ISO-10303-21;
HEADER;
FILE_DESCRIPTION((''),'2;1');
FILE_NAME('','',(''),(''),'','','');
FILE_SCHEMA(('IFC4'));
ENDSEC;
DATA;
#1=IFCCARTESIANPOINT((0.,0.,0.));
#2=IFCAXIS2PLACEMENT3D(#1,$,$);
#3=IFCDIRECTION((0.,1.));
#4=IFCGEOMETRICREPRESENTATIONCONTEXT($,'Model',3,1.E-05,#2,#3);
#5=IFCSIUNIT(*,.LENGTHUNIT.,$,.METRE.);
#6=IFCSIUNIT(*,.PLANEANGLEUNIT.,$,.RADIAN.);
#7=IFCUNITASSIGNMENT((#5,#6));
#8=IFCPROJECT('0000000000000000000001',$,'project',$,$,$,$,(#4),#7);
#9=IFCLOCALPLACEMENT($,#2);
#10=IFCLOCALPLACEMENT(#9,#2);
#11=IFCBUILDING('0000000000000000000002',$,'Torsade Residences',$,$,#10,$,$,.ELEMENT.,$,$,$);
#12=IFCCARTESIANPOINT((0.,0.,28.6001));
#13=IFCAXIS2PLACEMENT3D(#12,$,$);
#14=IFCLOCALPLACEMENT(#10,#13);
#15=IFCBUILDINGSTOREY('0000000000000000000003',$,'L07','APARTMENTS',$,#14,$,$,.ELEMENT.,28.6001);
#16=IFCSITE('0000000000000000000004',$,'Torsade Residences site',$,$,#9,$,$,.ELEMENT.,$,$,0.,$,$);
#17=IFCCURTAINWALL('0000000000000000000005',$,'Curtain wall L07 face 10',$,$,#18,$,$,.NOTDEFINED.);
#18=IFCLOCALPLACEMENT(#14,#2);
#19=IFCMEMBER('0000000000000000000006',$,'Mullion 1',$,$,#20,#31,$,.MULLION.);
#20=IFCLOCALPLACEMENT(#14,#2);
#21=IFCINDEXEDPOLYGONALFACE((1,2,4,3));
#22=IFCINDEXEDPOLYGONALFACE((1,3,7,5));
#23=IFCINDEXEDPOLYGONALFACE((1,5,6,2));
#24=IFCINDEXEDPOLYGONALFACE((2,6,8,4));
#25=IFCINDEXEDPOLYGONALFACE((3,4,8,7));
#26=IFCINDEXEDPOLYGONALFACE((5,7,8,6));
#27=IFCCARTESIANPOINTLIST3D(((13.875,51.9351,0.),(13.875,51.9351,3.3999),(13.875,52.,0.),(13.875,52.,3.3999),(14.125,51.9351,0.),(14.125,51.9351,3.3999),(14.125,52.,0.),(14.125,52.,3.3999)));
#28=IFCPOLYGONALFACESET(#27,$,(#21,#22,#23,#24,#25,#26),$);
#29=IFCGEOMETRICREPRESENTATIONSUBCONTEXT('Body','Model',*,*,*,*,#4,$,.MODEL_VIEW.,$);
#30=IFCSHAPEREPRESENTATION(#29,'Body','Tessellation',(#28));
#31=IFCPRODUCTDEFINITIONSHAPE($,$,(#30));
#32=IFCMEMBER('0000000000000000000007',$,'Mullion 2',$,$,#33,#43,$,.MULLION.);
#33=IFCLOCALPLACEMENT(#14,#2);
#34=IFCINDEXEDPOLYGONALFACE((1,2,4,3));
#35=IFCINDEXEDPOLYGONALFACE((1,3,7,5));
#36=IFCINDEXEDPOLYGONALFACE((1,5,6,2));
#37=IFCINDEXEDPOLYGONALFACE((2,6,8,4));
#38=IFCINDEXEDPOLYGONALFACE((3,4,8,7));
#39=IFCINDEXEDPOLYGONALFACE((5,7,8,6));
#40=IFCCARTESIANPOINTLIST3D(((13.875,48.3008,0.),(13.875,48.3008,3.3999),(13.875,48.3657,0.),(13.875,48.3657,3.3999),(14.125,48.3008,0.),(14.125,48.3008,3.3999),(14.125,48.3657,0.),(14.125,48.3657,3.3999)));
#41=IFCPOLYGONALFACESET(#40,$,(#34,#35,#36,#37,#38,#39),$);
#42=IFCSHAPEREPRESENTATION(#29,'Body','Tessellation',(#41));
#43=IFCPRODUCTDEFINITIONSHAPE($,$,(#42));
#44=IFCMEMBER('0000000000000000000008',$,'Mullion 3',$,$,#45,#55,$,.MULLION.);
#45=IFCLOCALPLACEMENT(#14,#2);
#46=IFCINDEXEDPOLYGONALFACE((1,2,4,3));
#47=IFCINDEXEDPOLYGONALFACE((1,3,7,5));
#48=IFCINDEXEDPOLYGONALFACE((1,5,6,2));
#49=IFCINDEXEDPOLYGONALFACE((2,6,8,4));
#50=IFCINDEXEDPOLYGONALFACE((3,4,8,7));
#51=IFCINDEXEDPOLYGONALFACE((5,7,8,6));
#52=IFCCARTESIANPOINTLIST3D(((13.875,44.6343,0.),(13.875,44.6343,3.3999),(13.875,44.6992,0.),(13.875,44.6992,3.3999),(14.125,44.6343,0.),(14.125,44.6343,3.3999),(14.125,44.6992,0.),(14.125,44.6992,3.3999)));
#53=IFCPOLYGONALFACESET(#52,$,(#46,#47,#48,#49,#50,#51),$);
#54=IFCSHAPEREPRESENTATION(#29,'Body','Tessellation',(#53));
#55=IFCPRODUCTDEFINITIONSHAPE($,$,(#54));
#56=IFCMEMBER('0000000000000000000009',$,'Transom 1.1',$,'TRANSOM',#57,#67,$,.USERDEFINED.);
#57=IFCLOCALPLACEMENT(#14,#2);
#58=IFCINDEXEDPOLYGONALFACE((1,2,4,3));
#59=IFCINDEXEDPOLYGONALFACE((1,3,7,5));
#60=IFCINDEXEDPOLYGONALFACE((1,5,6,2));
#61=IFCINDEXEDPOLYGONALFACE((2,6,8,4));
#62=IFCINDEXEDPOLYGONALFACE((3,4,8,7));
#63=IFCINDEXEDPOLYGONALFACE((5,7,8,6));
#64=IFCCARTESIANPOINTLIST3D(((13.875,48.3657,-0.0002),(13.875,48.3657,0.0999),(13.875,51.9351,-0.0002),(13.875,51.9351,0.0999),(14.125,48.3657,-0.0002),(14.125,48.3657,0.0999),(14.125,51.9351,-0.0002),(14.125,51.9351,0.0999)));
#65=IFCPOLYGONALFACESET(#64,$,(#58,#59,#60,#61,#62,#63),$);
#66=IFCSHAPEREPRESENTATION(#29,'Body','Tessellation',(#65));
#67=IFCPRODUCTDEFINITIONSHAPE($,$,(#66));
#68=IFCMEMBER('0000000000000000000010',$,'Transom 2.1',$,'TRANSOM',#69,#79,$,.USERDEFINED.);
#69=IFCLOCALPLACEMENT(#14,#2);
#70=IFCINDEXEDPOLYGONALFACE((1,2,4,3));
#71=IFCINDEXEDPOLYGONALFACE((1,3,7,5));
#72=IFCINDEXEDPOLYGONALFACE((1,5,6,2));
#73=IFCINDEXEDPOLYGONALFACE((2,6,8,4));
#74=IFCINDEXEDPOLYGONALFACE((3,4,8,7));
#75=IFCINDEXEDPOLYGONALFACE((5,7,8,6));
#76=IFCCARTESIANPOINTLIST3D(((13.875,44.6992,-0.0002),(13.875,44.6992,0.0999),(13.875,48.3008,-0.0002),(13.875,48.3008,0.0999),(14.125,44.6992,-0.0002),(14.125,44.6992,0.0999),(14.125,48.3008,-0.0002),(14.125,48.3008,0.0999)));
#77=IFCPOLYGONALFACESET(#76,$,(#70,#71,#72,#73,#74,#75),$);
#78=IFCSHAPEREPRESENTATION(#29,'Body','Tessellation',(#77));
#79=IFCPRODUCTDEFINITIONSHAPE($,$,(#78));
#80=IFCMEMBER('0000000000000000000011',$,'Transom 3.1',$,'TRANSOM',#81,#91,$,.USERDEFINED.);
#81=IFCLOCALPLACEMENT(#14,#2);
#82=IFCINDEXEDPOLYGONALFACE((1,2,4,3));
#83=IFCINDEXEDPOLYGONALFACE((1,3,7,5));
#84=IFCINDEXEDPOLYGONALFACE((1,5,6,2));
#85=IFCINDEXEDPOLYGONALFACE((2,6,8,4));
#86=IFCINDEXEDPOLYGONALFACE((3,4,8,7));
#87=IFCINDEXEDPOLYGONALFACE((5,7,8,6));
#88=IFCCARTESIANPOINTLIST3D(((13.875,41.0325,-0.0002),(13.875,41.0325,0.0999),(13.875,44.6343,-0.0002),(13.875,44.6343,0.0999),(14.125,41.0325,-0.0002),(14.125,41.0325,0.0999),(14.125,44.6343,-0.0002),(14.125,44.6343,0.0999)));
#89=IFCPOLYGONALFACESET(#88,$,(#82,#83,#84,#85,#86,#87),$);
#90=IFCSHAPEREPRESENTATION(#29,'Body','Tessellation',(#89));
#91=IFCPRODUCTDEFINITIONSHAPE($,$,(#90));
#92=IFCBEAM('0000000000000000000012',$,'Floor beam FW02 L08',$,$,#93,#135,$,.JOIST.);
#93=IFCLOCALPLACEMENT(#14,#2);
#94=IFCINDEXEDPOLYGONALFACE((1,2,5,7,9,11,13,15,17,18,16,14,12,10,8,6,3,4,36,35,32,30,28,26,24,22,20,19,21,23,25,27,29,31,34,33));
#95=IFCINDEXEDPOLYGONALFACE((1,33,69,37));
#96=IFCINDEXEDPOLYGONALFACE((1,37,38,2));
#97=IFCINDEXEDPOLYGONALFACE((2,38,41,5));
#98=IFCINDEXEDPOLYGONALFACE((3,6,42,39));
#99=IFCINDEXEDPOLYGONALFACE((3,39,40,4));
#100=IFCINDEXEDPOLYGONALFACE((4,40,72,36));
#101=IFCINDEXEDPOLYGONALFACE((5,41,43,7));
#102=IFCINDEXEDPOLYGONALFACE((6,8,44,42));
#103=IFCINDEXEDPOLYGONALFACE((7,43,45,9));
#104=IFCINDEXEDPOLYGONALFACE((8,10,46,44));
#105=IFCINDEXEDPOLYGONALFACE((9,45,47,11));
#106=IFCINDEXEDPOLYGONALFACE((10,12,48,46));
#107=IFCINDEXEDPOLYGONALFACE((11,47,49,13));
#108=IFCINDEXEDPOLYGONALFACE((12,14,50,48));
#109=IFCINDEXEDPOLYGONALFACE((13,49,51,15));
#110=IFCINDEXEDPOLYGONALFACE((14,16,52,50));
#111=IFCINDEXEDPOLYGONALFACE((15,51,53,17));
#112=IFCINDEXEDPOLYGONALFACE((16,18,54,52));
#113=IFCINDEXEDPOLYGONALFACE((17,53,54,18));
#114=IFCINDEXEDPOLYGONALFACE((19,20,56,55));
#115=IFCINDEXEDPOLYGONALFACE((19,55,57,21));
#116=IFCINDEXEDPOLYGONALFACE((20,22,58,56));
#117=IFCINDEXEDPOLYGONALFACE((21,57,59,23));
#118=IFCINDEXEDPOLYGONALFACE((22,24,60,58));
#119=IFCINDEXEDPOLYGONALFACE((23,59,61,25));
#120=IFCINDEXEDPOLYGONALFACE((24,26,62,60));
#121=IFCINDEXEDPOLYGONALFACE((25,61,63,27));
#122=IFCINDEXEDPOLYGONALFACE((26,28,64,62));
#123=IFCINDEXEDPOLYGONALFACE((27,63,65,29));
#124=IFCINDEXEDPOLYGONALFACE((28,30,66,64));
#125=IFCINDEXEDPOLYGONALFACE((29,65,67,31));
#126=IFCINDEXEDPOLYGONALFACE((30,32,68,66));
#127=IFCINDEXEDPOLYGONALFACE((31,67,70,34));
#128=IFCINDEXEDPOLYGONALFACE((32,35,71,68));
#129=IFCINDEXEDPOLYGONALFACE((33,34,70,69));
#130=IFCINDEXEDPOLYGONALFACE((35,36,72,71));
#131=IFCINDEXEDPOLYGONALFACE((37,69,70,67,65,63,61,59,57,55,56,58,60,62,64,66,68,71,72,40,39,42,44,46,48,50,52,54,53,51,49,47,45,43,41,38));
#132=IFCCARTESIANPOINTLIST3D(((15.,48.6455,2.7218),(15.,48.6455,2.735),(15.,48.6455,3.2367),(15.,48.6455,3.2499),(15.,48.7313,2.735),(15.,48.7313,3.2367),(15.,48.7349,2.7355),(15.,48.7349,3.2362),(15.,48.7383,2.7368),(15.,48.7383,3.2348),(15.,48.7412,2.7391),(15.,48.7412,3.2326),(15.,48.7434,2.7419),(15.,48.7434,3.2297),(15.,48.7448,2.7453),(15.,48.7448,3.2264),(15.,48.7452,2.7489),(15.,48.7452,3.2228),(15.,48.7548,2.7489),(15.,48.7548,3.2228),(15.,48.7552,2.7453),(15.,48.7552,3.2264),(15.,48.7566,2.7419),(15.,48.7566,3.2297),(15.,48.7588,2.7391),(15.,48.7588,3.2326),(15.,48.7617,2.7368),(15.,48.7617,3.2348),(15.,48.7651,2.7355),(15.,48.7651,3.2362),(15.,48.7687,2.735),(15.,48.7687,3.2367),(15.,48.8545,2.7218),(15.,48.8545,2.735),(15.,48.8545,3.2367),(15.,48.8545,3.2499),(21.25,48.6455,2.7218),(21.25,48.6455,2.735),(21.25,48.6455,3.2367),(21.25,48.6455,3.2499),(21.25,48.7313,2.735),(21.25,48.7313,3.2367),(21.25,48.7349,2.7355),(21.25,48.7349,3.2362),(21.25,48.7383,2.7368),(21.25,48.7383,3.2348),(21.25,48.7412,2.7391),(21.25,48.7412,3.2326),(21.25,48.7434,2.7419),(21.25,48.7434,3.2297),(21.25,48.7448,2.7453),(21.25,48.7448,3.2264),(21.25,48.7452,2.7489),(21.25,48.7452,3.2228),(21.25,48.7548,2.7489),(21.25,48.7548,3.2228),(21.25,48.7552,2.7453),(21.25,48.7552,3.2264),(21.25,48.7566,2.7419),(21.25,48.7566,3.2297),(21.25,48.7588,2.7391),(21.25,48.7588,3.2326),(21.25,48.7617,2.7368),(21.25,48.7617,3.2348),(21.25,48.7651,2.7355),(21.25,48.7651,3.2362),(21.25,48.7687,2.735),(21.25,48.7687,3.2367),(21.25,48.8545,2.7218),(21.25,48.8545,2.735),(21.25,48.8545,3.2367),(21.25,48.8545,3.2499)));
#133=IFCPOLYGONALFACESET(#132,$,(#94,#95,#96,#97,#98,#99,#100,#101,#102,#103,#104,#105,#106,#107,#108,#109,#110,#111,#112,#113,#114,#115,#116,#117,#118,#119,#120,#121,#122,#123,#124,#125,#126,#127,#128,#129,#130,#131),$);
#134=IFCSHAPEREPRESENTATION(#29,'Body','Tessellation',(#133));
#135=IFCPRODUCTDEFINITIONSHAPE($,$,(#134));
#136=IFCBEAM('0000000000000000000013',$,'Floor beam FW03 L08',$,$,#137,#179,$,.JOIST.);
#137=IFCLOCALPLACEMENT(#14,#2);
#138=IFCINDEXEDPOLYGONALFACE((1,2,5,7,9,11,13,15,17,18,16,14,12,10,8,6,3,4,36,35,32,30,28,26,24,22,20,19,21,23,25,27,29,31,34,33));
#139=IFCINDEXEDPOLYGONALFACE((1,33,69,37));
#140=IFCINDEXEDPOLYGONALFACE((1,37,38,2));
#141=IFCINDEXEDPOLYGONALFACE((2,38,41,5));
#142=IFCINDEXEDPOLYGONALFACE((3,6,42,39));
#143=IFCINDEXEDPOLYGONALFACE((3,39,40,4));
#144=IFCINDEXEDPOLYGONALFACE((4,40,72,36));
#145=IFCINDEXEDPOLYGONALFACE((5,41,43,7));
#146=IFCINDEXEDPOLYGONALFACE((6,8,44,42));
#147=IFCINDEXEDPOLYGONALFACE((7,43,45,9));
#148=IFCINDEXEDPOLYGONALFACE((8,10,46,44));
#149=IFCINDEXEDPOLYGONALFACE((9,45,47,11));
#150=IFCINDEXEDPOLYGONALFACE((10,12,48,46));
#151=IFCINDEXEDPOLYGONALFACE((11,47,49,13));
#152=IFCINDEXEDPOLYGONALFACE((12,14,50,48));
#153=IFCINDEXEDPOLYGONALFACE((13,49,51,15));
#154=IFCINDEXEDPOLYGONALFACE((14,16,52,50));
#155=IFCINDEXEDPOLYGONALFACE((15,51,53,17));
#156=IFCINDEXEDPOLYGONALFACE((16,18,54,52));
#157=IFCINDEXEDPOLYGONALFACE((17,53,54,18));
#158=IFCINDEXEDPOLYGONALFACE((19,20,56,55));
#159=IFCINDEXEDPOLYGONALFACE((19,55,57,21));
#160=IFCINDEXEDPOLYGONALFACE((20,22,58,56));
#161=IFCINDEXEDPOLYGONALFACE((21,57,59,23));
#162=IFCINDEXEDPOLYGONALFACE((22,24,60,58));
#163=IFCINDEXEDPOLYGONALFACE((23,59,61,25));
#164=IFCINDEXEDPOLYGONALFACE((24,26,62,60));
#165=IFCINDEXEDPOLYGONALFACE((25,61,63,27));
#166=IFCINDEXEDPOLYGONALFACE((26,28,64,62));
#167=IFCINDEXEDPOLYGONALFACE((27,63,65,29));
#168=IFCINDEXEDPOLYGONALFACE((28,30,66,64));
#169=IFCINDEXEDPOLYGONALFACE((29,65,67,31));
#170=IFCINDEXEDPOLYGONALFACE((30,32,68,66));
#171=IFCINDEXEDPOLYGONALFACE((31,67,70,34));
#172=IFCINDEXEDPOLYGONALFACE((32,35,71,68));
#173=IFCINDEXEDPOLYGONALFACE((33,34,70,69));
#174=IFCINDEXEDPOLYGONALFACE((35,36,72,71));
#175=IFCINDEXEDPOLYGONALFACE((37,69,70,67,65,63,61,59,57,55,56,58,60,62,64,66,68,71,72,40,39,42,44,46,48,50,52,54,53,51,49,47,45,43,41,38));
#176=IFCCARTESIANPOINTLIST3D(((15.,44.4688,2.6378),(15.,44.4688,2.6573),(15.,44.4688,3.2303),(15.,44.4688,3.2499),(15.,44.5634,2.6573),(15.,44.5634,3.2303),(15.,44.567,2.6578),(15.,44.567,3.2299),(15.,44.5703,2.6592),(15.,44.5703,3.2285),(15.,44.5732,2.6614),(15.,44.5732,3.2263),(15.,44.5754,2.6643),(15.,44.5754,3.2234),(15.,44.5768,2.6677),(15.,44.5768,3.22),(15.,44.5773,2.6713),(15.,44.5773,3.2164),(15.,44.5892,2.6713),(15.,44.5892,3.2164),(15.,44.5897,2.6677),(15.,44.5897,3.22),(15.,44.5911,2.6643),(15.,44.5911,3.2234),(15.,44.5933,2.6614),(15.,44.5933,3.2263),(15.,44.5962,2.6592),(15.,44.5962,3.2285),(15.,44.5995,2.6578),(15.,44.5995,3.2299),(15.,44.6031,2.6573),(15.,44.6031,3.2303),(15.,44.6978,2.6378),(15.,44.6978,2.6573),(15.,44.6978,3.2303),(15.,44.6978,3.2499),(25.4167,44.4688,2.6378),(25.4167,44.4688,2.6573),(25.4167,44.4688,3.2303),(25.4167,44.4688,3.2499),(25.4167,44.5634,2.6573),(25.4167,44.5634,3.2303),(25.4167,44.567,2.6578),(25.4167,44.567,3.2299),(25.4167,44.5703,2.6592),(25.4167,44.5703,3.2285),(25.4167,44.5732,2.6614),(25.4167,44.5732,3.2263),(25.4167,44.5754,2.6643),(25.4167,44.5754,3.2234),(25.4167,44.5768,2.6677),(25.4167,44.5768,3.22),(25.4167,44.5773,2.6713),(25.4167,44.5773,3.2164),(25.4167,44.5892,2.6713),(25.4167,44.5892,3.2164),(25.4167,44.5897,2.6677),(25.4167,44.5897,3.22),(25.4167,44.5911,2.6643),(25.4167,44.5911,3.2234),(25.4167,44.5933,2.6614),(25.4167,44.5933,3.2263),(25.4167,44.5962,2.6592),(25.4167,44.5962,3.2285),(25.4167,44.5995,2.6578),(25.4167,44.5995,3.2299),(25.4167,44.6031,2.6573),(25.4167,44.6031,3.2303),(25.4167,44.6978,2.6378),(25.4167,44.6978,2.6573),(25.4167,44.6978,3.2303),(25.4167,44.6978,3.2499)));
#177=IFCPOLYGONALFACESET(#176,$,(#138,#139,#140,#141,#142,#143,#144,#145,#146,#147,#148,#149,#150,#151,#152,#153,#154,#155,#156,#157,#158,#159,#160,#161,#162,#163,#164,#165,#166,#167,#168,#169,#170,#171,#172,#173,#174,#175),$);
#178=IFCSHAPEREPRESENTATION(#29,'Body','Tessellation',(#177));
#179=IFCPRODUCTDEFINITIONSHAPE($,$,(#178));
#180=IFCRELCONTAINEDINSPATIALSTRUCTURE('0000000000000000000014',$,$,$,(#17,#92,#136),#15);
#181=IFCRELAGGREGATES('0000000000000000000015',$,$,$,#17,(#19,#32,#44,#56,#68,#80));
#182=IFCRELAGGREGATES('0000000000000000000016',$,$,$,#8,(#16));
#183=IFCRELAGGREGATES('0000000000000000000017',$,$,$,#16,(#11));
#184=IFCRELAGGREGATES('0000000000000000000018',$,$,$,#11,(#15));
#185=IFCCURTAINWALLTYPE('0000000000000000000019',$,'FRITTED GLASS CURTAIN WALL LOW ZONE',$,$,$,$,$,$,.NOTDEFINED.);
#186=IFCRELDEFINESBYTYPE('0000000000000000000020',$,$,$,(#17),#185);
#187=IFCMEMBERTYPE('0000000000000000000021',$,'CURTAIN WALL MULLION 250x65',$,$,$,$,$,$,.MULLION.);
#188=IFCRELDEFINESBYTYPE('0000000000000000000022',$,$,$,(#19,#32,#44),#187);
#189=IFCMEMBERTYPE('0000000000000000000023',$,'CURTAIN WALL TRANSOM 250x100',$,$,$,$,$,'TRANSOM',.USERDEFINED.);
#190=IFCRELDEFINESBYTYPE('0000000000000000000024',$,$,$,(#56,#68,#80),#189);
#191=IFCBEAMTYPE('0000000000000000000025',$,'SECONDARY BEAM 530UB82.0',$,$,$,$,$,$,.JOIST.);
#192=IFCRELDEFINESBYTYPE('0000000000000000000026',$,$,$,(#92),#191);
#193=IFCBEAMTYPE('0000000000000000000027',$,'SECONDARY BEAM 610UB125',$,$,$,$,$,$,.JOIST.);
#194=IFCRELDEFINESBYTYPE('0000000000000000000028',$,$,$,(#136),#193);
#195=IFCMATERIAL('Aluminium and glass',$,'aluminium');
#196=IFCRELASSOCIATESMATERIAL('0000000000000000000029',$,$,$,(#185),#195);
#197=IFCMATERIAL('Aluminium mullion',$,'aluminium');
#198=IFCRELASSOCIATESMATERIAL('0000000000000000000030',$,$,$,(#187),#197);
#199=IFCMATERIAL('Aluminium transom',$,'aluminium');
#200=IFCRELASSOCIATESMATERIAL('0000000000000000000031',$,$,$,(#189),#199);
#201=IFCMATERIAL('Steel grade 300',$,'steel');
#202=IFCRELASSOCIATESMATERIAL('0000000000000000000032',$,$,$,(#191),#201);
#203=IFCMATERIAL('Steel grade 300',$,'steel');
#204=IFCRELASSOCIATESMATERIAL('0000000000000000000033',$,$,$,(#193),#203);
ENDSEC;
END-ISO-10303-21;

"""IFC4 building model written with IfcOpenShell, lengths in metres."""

from ifc_helpers import new_model, si_unit, direction, frame, origin, origin_2d, place, context, subcontext, project, spatial, rectangle, i_section, extrude, material, material_profile, profile_set, type_object, element, aggregate, save


model = new_model("IFC4")

# Units and contexts
model_context = context("Model", 3, precision=1e-05, world=origin(), true_north=direction((0.0, 1.0)))
body_context = subcontext(model_context, "Body", "Model", "MODEL_VIEW")
ifc_project = project(units=[si_unit("LENGTHUNIT", "METRE"), si_unit("PLANEANGLEUNIT", "RADIAN")], contexts=[model_context])

# Site, building, storey
site_placement = place(None, origin())
site = spatial("IfcSite", under=ifc_project, at=site_placement, Name="Torsade Residences site", CompositionType="ELEMENT", RefElevation=0.0)
building_placement = place(site_placement, origin())
building = spatial("IfcBuilding", under=site, at=building_placement, Name="Torsade Residences", CompositionType="ELEMENT")
storey_placement = place(building_placement, frame((0.0, 0.0, 28.6001)))
storey = spatial("IfcBuildingStorey", under=building, at=storey_placement, Name="L07", Description="APARTMENTS", CompositionType="ELEMENT", Elevation=28.6001)

# Curtain wall, members
ifc_material_1 = material(Name="Aluminium and glass", Category="aluminium")
curtain_wall_type = type_object("IfcCurtainWallType", Name="FRITTED GLASS CURTAIN WALL LOW ZONE", PredefinedType="NOTDEFINED", material=ifc_material_1)
curtain_wall_placement = place(storey_placement, origin())
curtain_wall = element("IfcCurtainWall", 1, at=curtain_wall_placement, inside=storey, type_object=curtain_wall_type, Name="Curtain wall L07 face 10", PredefinedType="NOTDEFINED")
ifc_material_2 = material(Name="Aluminium mullion", Category="aluminium")
ifc_material_profile_1 = material_profile(ifc_material_2, rectangle(XDim=0.25, YDim=0.0649, at=origin_2d()), Name="CURTAIN WALL MULLION 250x65")
ifc_profile_set_1 = profile_set([ifc_material_profile_1], Name="Aluminium mullion")
member_type_1 = type_object("IfcMemberType", Name="CURTAIN WALL MULLION 250x65", PredefinedType="MULLION", material=ifc_profile_set_1)
member_1_placement = place(storey_placement, frame((14.0, 51.9675, 0.0), z_axis=(0.0, 0.0, 1.0), x_axis=(1.0, 0.0, 0.0)))
member_1 = element("IfcMember", 2, at=member_1_placement, type_object=member_type_1, Name="Mullion 1", PredefinedType="MULLION", context=body_context, shape_type="SweptSolid", body=[
    extrude(rectangle(XDim=0.25, YDim=0.0649, at=origin_2d()), origin(), (0.0, 0.0, 1.0), 3.3999),
])
member_2_placement = place(storey_placement, frame((14.0, 48.3333, 0.0), z_axis=(0.0, 0.0, 1.0), x_axis=(1.0, 0.0, 0.0)))
member_2 = element("IfcMember", 3, at=member_2_placement, type_object=member_type_1, Name="Mullion 2", PredefinedType="MULLION", context=body_context, shape_type="SweptSolid", body=[
    extrude(rectangle(XDim=0.25, YDim=0.0649, at=origin_2d()), origin(), (0.0, 0.0, 1.0), 3.3999),
])
member_3_placement = place(storey_placement, frame((14.0, 44.6667, 0.0), z_axis=(0.0, 0.0, 1.0), x_axis=(1.0, 0.0, 0.0)))
member_3 = element("IfcMember", 4, at=member_3_placement, type_object=member_type_1, Name="Mullion 3", PredefinedType="MULLION", context=body_context, shape_type="SweptSolid", body=[
    extrude(rectangle(XDim=0.25, YDim=0.0649, at=origin_2d()), origin(), (0.0, 0.0, 1.0), 3.3999),
])
ifc_material_3 = material(Name="Aluminium transom", Category="aluminium")
ifc_material_profile_2 = material_profile(ifc_material_3, rectangle(XDim=0.25, YDim=0.1001, at=origin_2d()), Name="CURTAIN WALL TRANSOM 250x100")
ifc_profile_set_2 = profile_set([ifc_material_profile_2], Name="Aluminium transom")
member_type_2 = type_object("IfcMemberType", Name="CURTAIN WALL TRANSOM 250x100", ElementType="TRANSOM", PredefinedType="USERDEFINED", material=ifc_profile_set_2)
member_4_placement = place(storey_placement, frame((14.0, 51.9351, 0.0498), z_axis=(0.0, -1.0, 0.0), x_axis=(1.0, 0.0, 0.0)))
member_4 = element("IfcMember", 5, at=member_4_placement, type_object=member_type_2, Name="Transom 1.1", ObjectType="TRANSOM", PredefinedType="USERDEFINED", context=body_context, shape_type="SweptSolid", body=[
    extrude(rectangle(XDim=0.25, YDim=0.1001, at=origin_2d()), origin(), (0.0, 0.0, 1.0), 3.5693),
])
member_5_placement = place(storey_placement, frame((14.0, 48.3008, 0.0498), z_axis=(0.0, -1.0, 0.0), x_axis=(1.0, 0.0, 0.0)))
member_5 = element("IfcMember", 6, at=member_5_placement, type_object=member_type_2, Name="Transom 2.1", ObjectType="TRANSOM", PredefinedType="USERDEFINED", context=body_context, shape_type="SweptSolid", body=[
    extrude(rectangle(XDim=0.25, YDim=0.1001, at=origin_2d()), origin(), (0.0, 0.0, 1.0), 3.6016),
])
member_6_placement = place(storey_placement, frame((14.0, 44.6343, 0.0498), z_axis=(0.0, -1.0, 0.0), x_axis=(1.0, 0.0, 0.0)))
member_6 = element("IfcMember", 7, at=member_6_placement, type_object=member_type_2, Name="Transom 3.1", ObjectType="TRANSOM", PredefinedType="USERDEFINED", context=body_context, shape_type="SweptSolid", body=[
    extrude(rectangle(XDim=0.25, YDim=0.1001, at=origin_2d()), origin(), (0.0, 0.0, 1.0), 3.6018),
])

# Beams
ifc_material_4 = material(Name="Steel grade 300", Category="steel")
ifc_material_profile_3 = material_profile(ifc_material_4, i_section(OverallWidth=0.209, OverallDepth=0.5281, WebThickness=0.0095, FlangeThickness=0.0132, FilletRadius=0.0139, at=origin_2d()), Name="530UB82.0")
ifc_profile_set_3 = profile_set([ifc_material_profile_3], Name="Steel grade 300")
beam_type_1 = type_object("IfcBeamType", Name="SECONDARY BEAM 530UB82.0", PredefinedType="JOIST", material=ifc_profile_set_3)
beam_1_placement = place(storey_placement, frame((15.0, 48.75, 2.9858), z_axis=(1.0, 0.0, 0.0), x_axis=(0.0, 1.0, 0.0)))
element("IfcBeam", 8, at=beam_1_placement, inside=storey, type_object=beam_type_1, Name="Floor beam FW02 L08", PredefinedType="JOIST", context=body_context, shape_type="SweptSolid", body=[
    extrude(i_section(OverallWidth=0.209, OverallDepth=0.5281, WebThickness=0.0095, FlangeThickness=0.0132, FilletRadius=0.0139, at=origin_2d()), origin(), (0.0, 0.0, 1.0), 6.25),
])
ifc_material_5 = material(Name="Steel grade 300", Category="steel")
ifc_material_profile_4 = material_profile(ifc_material_5, i_section(OverallWidth=0.229, OverallDepth=0.6121, WebThickness=0.012, FlangeThickness=0.0195, FilletRadius=0.0139, at=origin_2d()), Name="610UB125")
ifc_profile_set_4 = profile_set([ifc_material_profile_4], Name="Steel grade 300")
beam_type_2 = type_object("IfcBeamType", Name="SECONDARY BEAM 610UB125", PredefinedType="JOIST", material=ifc_profile_set_4)
beam_2_placement = place(storey_placement, frame((15.0, 44.5833, 2.9438), z_axis=(1.0, 0.0, 0.0), x_axis=(0.0, 1.0, 0.0)))
element("IfcBeam", 9, at=beam_2_placement, inside=storey, type_object=beam_type_2, Name="Floor beam FW03 L08", PredefinedType="JOIST", context=body_context, shape_type="SweptSolid", body=[
    extrude(i_section(OverallWidth=0.229, OverallDepth=0.6121, WebThickness=0.012, FlangeThickness=0.0195, FilletRadius=0.0139, at=origin_2d()), origin(), (0.0, 0.0, 1.0), 10.4167),
])

aggregate(curtain_wall, [member_1, member_2, member_3, member_4, member_5, member_6])

save(model, "model.ifc")
